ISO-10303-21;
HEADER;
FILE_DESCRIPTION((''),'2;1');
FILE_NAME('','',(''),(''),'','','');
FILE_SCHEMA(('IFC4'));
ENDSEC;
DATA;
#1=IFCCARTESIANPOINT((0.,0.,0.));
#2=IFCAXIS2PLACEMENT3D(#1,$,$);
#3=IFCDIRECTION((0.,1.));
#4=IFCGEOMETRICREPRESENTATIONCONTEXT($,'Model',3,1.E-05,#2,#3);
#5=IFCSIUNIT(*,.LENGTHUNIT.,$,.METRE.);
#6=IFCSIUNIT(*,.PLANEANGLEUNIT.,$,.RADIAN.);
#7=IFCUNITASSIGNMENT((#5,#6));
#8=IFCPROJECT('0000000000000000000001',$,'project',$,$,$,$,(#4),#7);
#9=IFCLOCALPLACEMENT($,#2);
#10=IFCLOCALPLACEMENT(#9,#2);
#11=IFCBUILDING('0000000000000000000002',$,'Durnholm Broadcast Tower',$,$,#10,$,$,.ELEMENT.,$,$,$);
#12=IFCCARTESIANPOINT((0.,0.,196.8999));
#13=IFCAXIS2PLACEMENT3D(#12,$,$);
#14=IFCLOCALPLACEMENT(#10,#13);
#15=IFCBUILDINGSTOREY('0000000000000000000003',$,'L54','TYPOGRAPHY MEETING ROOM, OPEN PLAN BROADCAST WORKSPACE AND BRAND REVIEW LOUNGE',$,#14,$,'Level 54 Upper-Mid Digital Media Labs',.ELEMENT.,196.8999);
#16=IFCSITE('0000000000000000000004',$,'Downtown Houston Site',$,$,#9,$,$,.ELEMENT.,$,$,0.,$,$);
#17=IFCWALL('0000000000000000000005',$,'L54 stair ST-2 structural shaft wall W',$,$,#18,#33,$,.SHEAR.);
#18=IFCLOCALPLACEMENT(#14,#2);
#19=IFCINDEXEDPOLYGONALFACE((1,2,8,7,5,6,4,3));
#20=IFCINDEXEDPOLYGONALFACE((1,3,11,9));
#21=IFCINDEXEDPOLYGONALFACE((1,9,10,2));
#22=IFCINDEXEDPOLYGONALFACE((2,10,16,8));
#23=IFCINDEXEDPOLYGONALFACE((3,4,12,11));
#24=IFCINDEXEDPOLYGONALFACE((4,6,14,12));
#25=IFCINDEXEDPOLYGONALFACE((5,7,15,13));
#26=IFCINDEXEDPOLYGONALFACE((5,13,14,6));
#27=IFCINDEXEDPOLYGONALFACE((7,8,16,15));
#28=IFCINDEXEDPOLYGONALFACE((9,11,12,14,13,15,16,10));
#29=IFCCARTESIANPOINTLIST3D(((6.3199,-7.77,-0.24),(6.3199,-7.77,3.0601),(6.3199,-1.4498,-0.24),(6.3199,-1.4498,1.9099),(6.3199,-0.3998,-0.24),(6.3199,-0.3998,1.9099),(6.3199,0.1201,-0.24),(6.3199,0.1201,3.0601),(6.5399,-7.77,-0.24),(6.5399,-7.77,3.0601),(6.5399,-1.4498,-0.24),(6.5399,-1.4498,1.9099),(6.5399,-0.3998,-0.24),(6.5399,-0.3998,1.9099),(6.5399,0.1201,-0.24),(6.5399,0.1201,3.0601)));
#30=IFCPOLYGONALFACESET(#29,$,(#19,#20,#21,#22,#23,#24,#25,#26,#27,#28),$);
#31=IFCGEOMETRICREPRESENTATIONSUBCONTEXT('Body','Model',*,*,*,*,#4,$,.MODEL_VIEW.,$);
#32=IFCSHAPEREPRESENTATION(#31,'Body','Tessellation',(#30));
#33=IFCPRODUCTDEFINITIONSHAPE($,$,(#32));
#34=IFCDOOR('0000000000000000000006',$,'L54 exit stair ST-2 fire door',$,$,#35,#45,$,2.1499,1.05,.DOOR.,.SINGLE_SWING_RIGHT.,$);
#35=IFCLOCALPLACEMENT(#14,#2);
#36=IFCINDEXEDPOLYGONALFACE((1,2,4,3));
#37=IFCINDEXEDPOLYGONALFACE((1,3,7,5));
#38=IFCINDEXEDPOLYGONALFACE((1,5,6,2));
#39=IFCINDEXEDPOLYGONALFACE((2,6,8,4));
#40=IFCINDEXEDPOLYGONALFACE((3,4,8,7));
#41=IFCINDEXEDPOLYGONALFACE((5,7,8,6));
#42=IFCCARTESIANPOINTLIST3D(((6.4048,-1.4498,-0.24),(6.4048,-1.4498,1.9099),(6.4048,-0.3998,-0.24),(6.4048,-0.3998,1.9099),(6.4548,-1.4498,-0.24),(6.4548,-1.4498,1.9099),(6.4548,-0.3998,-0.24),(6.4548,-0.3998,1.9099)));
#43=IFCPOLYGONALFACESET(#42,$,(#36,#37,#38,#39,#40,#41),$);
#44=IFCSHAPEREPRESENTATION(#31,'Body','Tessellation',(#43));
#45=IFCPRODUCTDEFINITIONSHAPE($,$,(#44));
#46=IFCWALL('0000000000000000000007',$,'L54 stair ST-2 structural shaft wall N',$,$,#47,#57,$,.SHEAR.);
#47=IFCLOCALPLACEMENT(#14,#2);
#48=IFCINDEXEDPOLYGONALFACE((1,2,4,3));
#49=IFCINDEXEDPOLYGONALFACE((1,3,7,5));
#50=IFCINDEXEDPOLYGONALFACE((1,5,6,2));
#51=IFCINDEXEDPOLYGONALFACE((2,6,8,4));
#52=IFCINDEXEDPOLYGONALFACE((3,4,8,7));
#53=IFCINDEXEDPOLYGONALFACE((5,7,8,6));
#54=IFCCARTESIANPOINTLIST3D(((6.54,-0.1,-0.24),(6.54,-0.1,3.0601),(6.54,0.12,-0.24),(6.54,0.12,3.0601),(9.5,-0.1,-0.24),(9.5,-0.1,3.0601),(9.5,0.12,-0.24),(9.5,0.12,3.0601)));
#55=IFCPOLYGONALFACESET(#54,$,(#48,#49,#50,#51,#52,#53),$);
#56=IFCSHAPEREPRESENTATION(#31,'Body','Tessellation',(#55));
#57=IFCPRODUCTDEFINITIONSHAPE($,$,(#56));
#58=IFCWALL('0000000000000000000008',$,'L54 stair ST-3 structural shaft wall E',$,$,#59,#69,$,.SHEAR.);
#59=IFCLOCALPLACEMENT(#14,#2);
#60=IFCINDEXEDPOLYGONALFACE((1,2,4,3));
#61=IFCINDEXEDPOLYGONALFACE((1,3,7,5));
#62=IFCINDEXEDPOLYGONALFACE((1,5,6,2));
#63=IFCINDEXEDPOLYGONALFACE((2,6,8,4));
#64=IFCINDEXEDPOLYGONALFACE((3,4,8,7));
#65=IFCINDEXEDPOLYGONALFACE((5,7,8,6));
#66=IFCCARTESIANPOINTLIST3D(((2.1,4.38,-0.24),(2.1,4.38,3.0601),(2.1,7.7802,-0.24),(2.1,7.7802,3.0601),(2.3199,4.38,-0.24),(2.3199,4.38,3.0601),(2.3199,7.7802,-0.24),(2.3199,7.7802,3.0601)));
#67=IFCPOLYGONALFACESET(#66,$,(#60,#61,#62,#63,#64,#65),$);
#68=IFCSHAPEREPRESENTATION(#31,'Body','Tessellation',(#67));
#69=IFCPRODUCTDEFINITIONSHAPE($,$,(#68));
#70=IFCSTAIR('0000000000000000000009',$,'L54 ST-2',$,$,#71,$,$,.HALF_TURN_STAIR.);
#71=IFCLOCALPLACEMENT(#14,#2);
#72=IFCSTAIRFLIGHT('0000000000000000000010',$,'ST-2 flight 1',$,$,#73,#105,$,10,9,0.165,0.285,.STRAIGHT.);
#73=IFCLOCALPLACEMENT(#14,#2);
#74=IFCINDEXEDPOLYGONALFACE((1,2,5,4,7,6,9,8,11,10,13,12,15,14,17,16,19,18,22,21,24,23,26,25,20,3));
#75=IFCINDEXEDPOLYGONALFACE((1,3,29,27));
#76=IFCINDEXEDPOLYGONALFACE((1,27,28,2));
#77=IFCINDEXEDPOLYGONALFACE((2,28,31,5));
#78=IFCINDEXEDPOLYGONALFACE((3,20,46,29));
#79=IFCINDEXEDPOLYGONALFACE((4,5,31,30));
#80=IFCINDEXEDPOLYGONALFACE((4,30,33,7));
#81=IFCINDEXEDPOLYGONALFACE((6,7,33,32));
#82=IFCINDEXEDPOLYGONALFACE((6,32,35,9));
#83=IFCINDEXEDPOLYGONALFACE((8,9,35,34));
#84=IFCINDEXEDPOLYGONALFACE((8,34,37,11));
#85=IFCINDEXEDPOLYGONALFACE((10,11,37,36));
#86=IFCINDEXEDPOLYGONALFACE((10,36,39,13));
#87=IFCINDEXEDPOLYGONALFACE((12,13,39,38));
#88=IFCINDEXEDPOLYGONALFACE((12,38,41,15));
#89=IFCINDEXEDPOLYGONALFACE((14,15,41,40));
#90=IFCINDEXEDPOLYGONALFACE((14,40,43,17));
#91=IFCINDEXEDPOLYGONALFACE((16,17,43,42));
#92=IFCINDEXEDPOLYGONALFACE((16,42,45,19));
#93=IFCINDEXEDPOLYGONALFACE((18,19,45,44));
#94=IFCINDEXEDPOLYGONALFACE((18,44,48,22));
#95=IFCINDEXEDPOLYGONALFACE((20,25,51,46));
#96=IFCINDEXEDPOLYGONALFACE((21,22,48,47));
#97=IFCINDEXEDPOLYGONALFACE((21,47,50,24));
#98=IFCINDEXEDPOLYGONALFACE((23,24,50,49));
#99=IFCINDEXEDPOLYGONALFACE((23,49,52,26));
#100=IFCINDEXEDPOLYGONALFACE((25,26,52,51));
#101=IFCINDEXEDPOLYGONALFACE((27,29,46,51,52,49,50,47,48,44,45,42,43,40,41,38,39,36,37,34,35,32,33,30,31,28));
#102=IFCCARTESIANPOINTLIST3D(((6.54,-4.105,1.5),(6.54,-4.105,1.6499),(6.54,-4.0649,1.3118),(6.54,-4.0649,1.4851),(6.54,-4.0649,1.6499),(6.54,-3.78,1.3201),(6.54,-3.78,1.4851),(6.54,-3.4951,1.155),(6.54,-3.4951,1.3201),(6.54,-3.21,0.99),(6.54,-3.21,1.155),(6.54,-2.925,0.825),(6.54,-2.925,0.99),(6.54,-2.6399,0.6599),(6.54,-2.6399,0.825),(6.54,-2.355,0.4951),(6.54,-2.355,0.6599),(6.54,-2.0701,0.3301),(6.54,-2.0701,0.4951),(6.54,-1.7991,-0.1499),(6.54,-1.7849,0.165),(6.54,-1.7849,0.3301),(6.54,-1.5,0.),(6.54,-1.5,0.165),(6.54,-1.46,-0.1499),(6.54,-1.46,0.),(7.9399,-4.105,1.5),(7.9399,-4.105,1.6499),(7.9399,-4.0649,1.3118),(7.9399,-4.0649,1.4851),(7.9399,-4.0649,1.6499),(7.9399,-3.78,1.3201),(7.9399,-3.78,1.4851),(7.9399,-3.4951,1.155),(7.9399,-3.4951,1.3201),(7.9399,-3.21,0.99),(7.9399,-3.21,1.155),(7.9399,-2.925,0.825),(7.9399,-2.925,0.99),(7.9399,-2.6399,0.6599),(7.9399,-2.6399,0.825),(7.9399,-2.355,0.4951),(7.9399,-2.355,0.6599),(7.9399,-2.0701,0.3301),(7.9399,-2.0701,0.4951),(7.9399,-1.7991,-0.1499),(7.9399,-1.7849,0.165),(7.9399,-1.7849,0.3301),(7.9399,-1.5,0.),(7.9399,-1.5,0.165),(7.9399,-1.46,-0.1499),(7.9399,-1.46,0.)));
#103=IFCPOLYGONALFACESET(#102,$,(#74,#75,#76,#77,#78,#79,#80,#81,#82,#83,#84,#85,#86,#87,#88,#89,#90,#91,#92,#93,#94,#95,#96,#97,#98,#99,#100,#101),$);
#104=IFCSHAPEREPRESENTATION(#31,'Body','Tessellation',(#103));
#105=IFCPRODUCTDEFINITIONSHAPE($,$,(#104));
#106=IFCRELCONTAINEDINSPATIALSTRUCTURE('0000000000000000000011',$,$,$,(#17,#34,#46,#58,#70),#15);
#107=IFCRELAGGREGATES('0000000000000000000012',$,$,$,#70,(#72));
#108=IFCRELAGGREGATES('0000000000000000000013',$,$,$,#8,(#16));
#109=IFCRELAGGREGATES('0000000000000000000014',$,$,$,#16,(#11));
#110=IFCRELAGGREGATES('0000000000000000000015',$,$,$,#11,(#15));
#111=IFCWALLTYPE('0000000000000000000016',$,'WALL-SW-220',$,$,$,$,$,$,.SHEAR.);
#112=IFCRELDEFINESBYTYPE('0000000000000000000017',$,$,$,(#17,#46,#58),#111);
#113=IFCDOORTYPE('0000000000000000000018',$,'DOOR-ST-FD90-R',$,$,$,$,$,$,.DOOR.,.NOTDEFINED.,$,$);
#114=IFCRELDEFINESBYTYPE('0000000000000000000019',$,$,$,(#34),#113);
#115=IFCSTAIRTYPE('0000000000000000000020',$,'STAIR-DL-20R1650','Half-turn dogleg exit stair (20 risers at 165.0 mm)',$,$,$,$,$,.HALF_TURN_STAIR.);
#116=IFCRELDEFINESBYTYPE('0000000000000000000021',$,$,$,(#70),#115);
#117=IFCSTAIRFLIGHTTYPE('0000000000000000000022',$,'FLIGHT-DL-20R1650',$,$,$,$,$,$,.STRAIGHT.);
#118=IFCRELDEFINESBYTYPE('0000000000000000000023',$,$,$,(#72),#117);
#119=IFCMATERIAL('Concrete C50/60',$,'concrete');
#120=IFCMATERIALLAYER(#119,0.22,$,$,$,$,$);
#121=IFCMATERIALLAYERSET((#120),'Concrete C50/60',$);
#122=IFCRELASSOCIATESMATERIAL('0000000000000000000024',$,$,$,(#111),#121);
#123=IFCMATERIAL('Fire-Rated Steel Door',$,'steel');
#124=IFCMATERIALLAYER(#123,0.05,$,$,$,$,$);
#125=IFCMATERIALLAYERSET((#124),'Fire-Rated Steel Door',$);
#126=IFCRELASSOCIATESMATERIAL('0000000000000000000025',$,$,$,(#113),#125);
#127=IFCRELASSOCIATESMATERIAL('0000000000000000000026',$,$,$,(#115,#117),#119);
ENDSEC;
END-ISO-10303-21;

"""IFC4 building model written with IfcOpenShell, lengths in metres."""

from ifc_helpers import new_model, si_unit, direction, frame, frame_2d, origin, place, context, subcontext, project, spatial, polyline, rectangle, outline, extrude, source, transform, mapped, material, layer, layer_set, type_object, type_shapes, element, fill, aggregate, save


model = new_model("IFC4")

# Units and contexts
model_context = context("Model", 3, precision=1e-05, world=origin(), true_north=direction((0.0, 1.0)))
body_context = subcontext(model_context, "Body", "Model", "MODEL_VIEW")
ifc_project = project(units=[si_unit("LENGTHUNIT", "METRE"), si_unit("PLANEANGLEUNIT", "RADIAN")], contexts=[model_context])

# Site, building, storey
site_placement = place(None, origin())
site = spatial("IfcSite", under=ifc_project, at=site_placement, Name="Downtown Houston Site", CompositionType="ELEMENT", RefElevation=0.0)
building_placement = place(site_placement, origin())
building = spatial("IfcBuilding", under=site, at=building_placement, Name="Durnholm Broadcast Tower", CompositionType="ELEMENT")
storey_placement = place(building_placement, frame((0.0, 0.0, 196.8999)))
storey = spatial("IfcBuildingStorey", under=building, at=storey_placement, Name="L54", Description="TYPOGRAPHY MEETING ROOM, OPEN PLAN BROADCAST WORKSPACE AND BRAND REVIEW LOUNGE", LongName="Level 54 Upper-Mid Digital Media Labs", CompositionType="ELEMENT", Elevation=196.8999)

# Wall, opening, door
ifc_material_1 = material(Name="Concrete C50/60", Category="concrete")
ifc_layer_1 = layer(ifc_material_1, 0.22)
ifc_layer_set_1 = layer_set([ifc_layer_1], Name="Concrete C50/60")
wall_type_1 = type_object("IfcWallType", Name="WALL-SW-220", PredefinedType="SHEAR", material=ifc_layer_set_1)
wall_1_placement = place(storey_placement, frame((6.4299, 0.1201, -0.24), z_axis=(0.0, 0.0, 1.0), x_axis=(0.0, -1.0, 0.0)))
wall_1 = element("IfcWall", 1, at=wall_1_placement, inside=storey, type_object=wall_type_1, Name="L54 stair ST-2 structural shaft wall W", PredefinedType="SHEAR", context=body_context, shape_type="SweptSolid", body=[
    extrude(rectangle(XDim=7.8901, YDim=0.22, at=frame_2d((3.9451, 0.0))), origin(), (0.0, 0.0, 1.0), 3.3),
])
opening_1_placement = place(wall_1_placement, frame((0.52, 0.0, 0.0)))
opening_1 = element("IfcOpeningElement", 2, at=opening_1_placement, cuts=wall_1, PredefinedType="OPENING", context=body_context, shape_type="SweptSolid", body=[
    extrude(rectangle(XDim=1.05, YDim=2.1499, at=frame_2d((0.5249, 1.075))), frame((0.0, 0.1201, 0.0), z_axis=(0.0, -1.0, 0.0), x_axis=(1.0, 0.0, 0.0)), (0.0, 0.0, 1.0), 0.24),
])
ifc_material_2 = material(Name="Fire-Rated Steel Door", Category="steel")
ifc_layer_2 = layer(ifc_material_2, 0.05)
ifc_layer_set_2 = layer_set([ifc_layer_2], Name="Fire-Rated Steel Door")
door_type_1 = type_object("IfcDoorType", Name="DOOR-ST-FD90-R", OperationType="NOTDEFINED", PredefinedType="DOOR", material=ifc_layer_set_2)
shared_shape_1 = source(origin(), body_context, "Body", "SweptSolid", [
    extrude(rectangle(XDim=1.05, YDim=2.1499, at=frame_2d((0.5249, 1.075))), frame((0.0, 0.0249, 0.0), z_axis=(0.0, -1.0, 0.0), x_axis=(1.0, 0.0, 0.0)), (0.0, 0.0, 1.0), 0.05),
])
type_shapes(door_type_1, [shared_shape_1])
door_1_placement = place(opening_1_placement, origin())
door_1 = element("IfcDoor", 3, at=door_1_placement, inside=storey, type_object=door_type_1, Name="L54 exit stair ST-2 fire door", OperationType="SINGLE_SWING_RIGHT", OverallHeight=2.1499, OverallWidth=1.05, PredefinedType="DOOR", context=body_context, shape_type="MappedRepresentation", body=[
    mapped(shared_shape_1, transform((0.0, 0.0, 0.0), x_axis=(1.0, 0.0, 0.0), y_axis=(0.0, 1.0, 0.0), z_axis=(0.0, 0.0, 1.0), scale=1.0)),
])
fill(opening_1, door_1)

# Walls
wall_2_placement = place(storey_placement, frame((9.5, 0.01, -0.24), z_axis=(0.0, 0.0, 1.0), x_axis=(-1.0, 0.0, 0.0)))
element("IfcWall", 4, at=wall_2_placement, inside=storey, type_object=wall_type_1, Name="L54 stair ST-2 structural shaft wall N", PredefinedType="SHEAR", context=body_context, shape_type="SweptSolid", body=[
    extrude(rectangle(XDim=2.96, YDim=0.22, at=frame_2d((1.48, 0.0))), origin(), (0.0, 0.0, 1.0), 3.3),
])
wall_3_placement = place(storey_placement, frame((2.21, 4.3799, -0.24), z_axis=(0.0, 0.0, 1.0), x_axis=(0.0, 1.0, 0.0)))
element("IfcWall", 5, at=wall_3_placement, inside=storey, type_object=wall_type_1, Name="L54 stair ST-3 structural shaft wall E", PredefinedType="SHEAR", context=body_context, shape_type="SweptSolid", body=[
    extrude(rectangle(XDim=3.4001, YDim=0.22, at=frame_2d((1.7002, 0.0))), origin(), (0.0, 0.0, 1.0), 3.3),
])

# Stair, stair flight
stair_type = type_object("IfcStairType", Name="STAIR-DL-20R1650", Description="Half-turn dogleg exit stair (20 risers at 165.0 mm)", PredefinedType="HALF_TURN_STAIR", material=ifc_material_1)
stair_placement = place(storey_placement, origin())
stair = element("IfcStair", 6, at=stair_placement, inside=storey, type_object=stair_type, Name="L54 ST-2", PredefinedType="HALF_TURN_STAIR")
stair_flight_type = type_object("IfcStairFlightType", Name="FLIGHT-DL-20R1650", PredefinedType="STRAIGHT", material=ifc_material_1)
stair_flight_placement = place(storey_placement, frame((7.24, -1.5, 0.0), z_axis=(0.0, 0.0, 1.0), x_axis=(0.0, -1.0, 0.0)))
stair_flight = element("IfcStairFlight", 7, at=stair_flight_placement, type_object=stair_flight_type, Name="ST-2 flight 1", NumberOfRisers=10, NumberOfTreads=9, PredefinedType="STRAIGHT", RiserHeight=0.165, TreadLength=0.285, context=body_context, shape_type="SweptSolid", body=[
    extrude(outline(polyline([(-0.04, -0.1499), (-0.04, 0.0), (0.0, 0.0), (0.0, 0.165), (0.2849, 0.165), (0.2849, 0.3301), (0.5701, 0.3301), (0.5701, 0.4951), (0.855, 0.4951), (0.855, 0.6599), (1.1399, 0.6599), (1.1399, 0.825), (1.425, 0.825), (1.425, 0.99), (1.71, 0.99), (1.71, 1.155), (1.9951, 1.155), (1.9951, 1.3201), (2.28, 1.3201), (2.28, 1.4851), (2.5649, 1.4851), (2.5649, 1.6499), (2.605, 1.6499), (2.605, 1.5), (2.5649, 1.3118), (0.2991, -0.1499), (-0.04, -0.1499)])), frame((0.0, 0.7, 0.0), z_axis=(0.0, -1.0, 0.0), x_axis=(1.0, 0.0, 0.0)), (0.0, 0.0, 1.0), 1.3999),
])
aggregate(stair, [stair_flight])

save(model, "model.ifc")
